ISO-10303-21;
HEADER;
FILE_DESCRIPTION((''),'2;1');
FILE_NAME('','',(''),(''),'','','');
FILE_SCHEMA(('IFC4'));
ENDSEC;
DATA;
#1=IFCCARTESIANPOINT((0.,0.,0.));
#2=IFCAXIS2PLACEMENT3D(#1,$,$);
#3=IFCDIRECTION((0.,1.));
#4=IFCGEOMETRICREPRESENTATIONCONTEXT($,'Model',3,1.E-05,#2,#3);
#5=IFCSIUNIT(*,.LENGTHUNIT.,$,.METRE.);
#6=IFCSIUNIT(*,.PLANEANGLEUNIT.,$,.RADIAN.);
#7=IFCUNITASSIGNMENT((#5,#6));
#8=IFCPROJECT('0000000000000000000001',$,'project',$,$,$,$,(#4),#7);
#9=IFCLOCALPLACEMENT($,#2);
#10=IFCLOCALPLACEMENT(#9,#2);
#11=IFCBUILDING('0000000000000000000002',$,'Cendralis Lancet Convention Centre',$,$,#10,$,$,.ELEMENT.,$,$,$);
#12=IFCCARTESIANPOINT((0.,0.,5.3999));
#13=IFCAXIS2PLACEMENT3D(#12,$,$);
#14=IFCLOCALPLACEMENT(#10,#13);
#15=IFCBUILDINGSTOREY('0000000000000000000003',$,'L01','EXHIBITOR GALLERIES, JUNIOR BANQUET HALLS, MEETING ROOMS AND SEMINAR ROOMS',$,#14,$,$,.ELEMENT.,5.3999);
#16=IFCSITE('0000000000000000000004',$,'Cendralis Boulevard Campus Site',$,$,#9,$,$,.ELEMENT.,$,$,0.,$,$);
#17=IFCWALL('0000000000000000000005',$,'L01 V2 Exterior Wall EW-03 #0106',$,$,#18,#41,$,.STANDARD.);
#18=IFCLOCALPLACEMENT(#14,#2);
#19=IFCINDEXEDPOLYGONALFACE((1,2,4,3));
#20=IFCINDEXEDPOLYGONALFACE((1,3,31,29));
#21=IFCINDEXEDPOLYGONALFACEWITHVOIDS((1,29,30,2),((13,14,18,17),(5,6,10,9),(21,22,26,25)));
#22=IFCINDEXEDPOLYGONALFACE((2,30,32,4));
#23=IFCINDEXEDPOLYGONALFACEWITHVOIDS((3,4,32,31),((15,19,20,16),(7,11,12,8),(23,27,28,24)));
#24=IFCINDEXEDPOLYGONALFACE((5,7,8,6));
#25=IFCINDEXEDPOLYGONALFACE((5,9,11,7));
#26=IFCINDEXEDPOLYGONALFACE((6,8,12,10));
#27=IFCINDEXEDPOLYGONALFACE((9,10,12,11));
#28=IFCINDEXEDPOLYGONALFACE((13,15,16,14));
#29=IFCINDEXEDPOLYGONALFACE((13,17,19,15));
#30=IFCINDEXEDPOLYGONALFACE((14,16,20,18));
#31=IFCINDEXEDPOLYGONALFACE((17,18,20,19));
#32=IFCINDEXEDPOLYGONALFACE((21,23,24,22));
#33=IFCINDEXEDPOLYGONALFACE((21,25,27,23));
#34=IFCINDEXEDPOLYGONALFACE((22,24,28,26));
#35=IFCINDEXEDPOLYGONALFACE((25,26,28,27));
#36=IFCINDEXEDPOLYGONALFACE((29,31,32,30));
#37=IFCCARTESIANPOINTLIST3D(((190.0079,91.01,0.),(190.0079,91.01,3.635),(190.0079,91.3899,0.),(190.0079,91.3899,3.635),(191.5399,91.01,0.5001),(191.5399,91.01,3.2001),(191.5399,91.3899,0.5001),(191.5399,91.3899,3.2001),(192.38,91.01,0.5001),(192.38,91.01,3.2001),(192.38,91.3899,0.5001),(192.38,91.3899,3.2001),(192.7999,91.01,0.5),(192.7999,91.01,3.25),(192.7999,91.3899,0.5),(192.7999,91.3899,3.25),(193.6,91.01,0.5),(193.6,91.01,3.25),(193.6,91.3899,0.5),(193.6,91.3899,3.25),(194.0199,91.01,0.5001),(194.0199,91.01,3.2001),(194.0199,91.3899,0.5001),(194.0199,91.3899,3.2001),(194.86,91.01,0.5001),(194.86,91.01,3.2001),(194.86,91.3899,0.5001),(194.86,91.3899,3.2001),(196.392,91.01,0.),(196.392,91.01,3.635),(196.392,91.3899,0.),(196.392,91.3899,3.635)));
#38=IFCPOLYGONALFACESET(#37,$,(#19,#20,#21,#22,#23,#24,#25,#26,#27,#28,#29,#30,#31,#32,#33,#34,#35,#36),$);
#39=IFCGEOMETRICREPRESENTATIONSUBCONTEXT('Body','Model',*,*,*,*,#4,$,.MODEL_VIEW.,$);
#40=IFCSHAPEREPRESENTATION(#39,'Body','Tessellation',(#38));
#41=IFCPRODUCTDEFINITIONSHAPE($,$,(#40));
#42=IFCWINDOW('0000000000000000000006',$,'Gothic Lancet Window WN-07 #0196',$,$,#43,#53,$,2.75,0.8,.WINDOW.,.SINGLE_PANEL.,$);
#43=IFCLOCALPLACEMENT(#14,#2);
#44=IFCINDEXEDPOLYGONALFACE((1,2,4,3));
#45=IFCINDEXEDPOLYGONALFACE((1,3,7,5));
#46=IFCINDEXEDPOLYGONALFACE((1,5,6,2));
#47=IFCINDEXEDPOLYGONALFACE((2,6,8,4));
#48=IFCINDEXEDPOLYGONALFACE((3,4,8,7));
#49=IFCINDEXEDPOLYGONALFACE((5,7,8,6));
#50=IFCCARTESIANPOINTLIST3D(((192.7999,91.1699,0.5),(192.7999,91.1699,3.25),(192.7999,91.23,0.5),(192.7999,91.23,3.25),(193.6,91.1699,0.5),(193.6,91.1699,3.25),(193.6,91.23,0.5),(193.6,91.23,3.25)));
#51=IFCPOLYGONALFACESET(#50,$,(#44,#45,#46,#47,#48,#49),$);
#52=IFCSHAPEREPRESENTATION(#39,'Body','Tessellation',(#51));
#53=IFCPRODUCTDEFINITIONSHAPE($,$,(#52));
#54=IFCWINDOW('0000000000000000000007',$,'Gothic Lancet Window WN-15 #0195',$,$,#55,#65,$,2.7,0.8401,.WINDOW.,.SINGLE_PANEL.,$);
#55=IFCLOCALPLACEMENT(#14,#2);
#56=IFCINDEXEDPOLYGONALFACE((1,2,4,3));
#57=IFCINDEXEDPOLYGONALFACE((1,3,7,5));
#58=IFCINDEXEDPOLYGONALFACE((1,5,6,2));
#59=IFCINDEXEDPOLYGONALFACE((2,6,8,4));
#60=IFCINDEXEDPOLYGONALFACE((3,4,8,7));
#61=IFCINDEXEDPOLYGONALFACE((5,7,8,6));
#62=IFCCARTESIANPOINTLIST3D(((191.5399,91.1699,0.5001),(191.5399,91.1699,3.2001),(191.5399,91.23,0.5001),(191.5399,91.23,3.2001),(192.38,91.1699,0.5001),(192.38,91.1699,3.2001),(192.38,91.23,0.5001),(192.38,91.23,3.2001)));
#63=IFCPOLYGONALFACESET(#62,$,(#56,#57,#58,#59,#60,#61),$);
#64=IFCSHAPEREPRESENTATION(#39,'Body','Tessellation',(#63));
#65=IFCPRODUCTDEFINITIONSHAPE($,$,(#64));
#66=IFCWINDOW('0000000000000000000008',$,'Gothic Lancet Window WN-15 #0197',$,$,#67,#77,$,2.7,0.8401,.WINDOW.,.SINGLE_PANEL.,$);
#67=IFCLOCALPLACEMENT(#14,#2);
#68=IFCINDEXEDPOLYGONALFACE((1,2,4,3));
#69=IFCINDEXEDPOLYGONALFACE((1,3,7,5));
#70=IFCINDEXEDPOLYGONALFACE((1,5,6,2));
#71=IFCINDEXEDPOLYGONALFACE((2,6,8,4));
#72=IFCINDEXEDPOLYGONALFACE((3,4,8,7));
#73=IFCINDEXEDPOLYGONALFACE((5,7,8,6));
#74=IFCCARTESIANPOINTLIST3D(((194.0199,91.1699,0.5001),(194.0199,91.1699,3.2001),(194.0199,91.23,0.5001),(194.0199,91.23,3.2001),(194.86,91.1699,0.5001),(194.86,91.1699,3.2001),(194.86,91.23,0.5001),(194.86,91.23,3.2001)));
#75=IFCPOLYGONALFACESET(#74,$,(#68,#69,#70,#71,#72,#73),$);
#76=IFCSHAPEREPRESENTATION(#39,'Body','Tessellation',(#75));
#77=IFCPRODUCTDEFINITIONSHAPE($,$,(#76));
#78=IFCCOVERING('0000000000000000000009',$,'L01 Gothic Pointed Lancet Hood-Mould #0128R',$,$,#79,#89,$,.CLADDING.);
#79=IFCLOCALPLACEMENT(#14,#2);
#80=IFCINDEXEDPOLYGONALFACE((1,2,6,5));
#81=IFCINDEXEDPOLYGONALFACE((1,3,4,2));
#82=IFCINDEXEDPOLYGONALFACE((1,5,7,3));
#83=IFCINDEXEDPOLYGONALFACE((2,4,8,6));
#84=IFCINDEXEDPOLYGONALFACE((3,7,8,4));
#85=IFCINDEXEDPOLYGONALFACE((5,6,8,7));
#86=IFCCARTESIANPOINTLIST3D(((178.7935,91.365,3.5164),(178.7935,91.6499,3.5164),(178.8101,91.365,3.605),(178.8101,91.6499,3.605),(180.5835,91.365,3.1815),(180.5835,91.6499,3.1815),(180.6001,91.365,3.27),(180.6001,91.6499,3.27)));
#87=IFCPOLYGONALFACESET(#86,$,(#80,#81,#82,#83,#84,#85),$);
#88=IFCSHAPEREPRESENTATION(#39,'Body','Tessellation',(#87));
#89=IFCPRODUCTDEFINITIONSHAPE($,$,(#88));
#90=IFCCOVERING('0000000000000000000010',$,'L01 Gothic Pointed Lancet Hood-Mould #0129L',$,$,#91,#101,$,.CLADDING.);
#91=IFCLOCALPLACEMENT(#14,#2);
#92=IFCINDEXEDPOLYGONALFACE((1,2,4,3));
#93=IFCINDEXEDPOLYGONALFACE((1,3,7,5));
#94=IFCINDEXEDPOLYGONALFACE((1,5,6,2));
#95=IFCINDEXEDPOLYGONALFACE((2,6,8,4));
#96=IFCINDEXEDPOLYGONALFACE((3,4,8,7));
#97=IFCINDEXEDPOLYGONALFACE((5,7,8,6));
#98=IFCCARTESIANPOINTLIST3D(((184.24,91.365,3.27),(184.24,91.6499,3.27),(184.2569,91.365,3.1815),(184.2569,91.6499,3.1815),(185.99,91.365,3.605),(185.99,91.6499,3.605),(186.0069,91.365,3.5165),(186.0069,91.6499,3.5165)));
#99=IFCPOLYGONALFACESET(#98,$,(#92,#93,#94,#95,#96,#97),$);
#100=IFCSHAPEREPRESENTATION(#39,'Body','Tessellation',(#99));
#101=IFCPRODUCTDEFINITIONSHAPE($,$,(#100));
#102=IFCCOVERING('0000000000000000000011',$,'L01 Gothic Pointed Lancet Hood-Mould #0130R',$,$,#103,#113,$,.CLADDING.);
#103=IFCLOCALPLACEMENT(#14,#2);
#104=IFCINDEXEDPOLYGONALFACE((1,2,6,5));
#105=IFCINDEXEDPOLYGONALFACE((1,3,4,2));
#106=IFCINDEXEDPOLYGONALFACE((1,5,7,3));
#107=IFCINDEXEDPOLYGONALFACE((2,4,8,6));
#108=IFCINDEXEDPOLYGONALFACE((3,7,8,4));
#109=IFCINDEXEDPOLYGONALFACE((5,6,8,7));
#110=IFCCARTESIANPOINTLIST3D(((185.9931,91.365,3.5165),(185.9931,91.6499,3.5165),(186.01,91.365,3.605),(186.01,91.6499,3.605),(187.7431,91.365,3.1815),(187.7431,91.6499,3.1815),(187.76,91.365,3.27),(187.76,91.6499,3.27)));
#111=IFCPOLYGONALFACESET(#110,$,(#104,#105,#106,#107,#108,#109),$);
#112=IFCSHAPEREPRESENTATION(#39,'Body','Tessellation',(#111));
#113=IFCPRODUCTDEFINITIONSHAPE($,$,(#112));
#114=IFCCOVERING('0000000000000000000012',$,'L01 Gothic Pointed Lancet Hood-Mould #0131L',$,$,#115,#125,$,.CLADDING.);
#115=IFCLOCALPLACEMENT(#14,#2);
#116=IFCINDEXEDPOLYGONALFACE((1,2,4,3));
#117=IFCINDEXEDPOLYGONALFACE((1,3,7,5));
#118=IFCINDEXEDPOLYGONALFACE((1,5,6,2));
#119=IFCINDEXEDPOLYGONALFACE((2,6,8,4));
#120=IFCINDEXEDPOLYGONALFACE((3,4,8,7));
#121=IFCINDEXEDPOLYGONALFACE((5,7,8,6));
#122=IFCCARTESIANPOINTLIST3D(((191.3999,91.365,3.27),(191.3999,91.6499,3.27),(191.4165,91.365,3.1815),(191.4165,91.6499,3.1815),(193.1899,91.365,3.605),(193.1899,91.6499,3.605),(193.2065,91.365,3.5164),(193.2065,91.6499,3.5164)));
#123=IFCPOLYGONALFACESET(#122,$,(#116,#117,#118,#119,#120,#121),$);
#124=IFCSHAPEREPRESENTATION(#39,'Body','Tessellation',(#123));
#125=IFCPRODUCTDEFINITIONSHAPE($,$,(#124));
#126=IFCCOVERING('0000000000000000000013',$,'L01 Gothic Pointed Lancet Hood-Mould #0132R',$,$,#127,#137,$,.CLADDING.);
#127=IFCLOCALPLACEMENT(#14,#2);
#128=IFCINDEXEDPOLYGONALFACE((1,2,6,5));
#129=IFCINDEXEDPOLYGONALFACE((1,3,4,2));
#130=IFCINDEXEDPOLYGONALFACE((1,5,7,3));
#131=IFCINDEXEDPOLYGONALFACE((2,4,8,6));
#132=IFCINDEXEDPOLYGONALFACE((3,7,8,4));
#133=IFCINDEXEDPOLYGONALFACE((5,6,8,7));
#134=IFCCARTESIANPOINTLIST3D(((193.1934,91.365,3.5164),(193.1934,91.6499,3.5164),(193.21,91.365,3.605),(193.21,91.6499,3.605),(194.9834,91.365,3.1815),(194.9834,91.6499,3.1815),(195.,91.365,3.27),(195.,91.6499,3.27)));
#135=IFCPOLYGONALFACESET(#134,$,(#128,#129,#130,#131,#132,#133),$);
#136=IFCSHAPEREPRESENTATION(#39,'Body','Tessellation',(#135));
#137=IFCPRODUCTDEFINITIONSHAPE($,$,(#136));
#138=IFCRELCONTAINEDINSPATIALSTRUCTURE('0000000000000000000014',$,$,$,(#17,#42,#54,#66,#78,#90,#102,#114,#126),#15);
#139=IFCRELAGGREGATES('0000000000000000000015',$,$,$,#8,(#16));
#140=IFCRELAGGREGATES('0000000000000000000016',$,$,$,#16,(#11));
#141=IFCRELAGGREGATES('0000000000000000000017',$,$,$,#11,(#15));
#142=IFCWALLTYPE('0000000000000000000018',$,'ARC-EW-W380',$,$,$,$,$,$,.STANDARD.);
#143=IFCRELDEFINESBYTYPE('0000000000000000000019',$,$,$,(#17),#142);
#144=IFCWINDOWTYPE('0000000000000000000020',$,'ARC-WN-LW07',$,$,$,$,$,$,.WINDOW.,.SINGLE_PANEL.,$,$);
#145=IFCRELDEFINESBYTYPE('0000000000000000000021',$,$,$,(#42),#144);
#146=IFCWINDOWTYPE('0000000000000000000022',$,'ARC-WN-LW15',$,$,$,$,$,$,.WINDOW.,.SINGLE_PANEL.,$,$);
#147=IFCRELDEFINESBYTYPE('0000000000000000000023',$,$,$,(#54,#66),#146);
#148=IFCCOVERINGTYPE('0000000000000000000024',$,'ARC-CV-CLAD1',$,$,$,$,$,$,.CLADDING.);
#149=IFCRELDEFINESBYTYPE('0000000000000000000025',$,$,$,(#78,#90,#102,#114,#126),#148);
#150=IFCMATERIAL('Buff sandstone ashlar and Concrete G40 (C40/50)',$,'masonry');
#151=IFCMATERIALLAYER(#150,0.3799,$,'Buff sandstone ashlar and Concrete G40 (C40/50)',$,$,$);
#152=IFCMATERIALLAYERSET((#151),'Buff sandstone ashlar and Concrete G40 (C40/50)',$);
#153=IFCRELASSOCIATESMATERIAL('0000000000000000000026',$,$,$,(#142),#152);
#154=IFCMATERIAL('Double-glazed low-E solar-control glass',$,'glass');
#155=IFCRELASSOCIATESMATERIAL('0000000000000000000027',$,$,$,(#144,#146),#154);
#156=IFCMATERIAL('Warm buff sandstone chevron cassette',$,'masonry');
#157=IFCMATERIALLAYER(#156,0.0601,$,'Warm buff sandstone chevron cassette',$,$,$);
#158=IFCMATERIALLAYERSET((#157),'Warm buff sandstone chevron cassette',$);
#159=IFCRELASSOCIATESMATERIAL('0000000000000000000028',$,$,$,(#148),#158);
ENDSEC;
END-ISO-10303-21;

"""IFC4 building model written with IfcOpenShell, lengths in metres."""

from ifc_helpers import new_model, si_unit, direction, frame, frame_2d, origin, place, context, subcontext, project, spatial, polyline, rectangle, outline, extrude, material, layer, layer_set, type_object, element, fill, save


model = new_model("IFC4")

# Units and contexts
model_context = context("Model", 3, precision=1e-05, world=origin(), true_north=direction((0.0, 1.0)))
body_context = subcontext(model_context, "Body", "Model", "MODEL_VIEW")
ifc_project = project(units=[si_unit("LENGTHUNIT", "METRE"), si_unit("PLANEANGLEUNIT", "RADIAN")], contexts=[model_context])

# Site, building, storey
site_placement = place(None, origin())
site = spatial("IfcSite", under=ifc_project, at=site_placement, Name="Cendralis Boulevard Campus Site", CompositionType="ELEMENT", RefElevation=0.0)
building_placement = place(site_placement, origin())
building = spatial("IfcBuilding", under=site, at=building_placement, Name="Cendralis Lancet Convention Centre", CompositionType="ELEMENT")
storey_placement = place(building_placement, frame((0.0, 0.0, 5.3999)))
storey = spatial("IfcBuildingStorey", under=building, at=storey_placement, Name="L01", Description="EXHIBITOR GALLERIES, JUNIOR BANQUET HALLS, MEETING ROOMS AND SEMINAR ROOMS", CompositionType="ELEMENT", Elevation=5.3999)

# Wall, openings, windows
ifc_material_1 = material(Name="Buff sandstone ashlar and Concrete G40 (C40/50)", Category="masonry")
ifc_layer_1 = layer(ifc_material_1, 0.3799, Name="Buff sandstone ashlar and Concrete G40 (C40/50)")
ifc_layer_set_1 = layer_set([ifc_layer_1], Name="Buff sandstone ashlar and Concrete G40 (C40/50)")
wall_type = type_object("IfcWallType", Name="ARC-EW-W380", PredefinedType="STANDARD", material=ifc_layer_set_1)
ifc_material_2 = material(Name="Double-glazed low-E solar-control glass", Category="glass")
window_type_1 = type_object("IfcWindowType", Name="ARC-WN-LW07", PartitioningType="SINGLE_PANEL", PredefinedType="WINDOW", material=ifc_material_2)
wall_1_placement = place(storey_placement, frame((190.0081, 91.2, 0.0), z_axis=(0.0, 0.0, 1.0), x_axis=(1.0, 0.0, 0.0)))
wall_1 = element("IfcWall", 1, at=wall_1_placement, inside=storey, type_object=wall_type, Name="L01 V2 Exterior Wall EW-03 #0106", PredefinedType="STANDARD", context=body_context, shape_type="SweptSolid", body=[
    extrude(rectangle(XDim=6.384, YDim=0.3799, at=frame_2d((3.1919, 0.0))), origin(), (0.0, 0.0, 1.0), 3.635),
])
opening_1_placement = place(wall_1_placement, frame((1.532, 0.0, 0.5)))
opening_1 = element("IfcOpeningElement", 2, at=opening_1_placement, cuts=wall_1, PredefinedType="OPENING", context=body_context, shape_type="SweptSolid", body=[
    extrude(rectangle(XDim=0.8401, YDim=2.7, at=frame_2d((0.4199, 1.3501))), frame((0.0, 0.2, 0.0), z_axis=(0.0, -1.0, 0.0), x_axis=(1.0, 0.0, 0.0)), (0.0, 0.0, 1.0), 0.3999),
])
opening_2_placement = place(wall_1_placement, frame((2.792, 0.0, 0.5)))
opening_2 = element("IfcOpeningElement", 3, at=opening_2_placement, cuts=wall_1, PredefinedType="OPENING", context=body_context, shape_type="SweptSolid", body=[
    extrude(rectangle(XDim=0.8, YDim=2.75, at=frame_2d((0.3999, 1.375))), frame((0.0, 0.2, 0.0), z_axis=(0.0, -1.0, 0.0), x_axis=(1.0, 0.0, 0.0)), (0.0, 0.0, 1.0), 0.3999),
])
opening_3_placement = place(wall_1_placement, frame((4.012, 0.0, 0.5)))
opening_3 = element("IfcOpeningElement", 4, at=opening_3_placement, cuts=wall_1, PredefinedType="OPENING", context=body_context, shape_type="SweptSolid", body=[
    extrude(rectangle(XDim=0.8401, YDim=2.7, at=frame_2d((0.4199, 1.3501))), frame((0.0, 0.2, 0.0), z_axis=(0.0, -1.0, 0.0), x_axis=(1.0, 0.0, 0.0)), (0.0, 0.0, 1.0), 0.3999),
])
window_1_placement = place(opening_2_placement, origin())
window_1 = element("IfcWindow", 5, at=window_1_placement, inside=storey, type_object=window_type_1, Name="Gothic Lancet Window WN-07 #0196", OverallHeight=2.75, OverallWidth=0.8, PartitioningType="SINGLE_PANEL", PredefinedType="WINDOW", context=body_context, shape_type="SweptSolid", body=[
    extrude(rectangle(XDim=0.8, YDim=2.75, at=frame_2d((0.3999, 1.375))), frame((0.0, 0.03, 0.0), z_axis=(0.0, -1.0, 0.0), x_axis=(1.0, 0.0, 0.0)), (0.0, 0.0, 1.0), 0.0601),
])
fill(opening_2, window_1)
window_type_2 = type_object("IfcWindowType", Name="ARC-WN-LW15", PartitioningType="SINGLE_PANEL", PredefinedType="WINDOW", material=ifc_material_2)
window_2_placement = place(opening_1_placement, origin())
window_2 = element("IfcWindow", 6, at=window_2_placement, inside=storey, type_object=window_type_2, Name="Gothic Lancet Window WN-15 #0195", OverallHeight=2.7, OverallWidth=0.8401, PartitioningType="SINGLE_PANEL", PredefinedType="WINDOW", context=body_context, shape_type="SweptSolid", body=[
    extrude(rectangle(XDim=0.8401, YDim=2.7, at=frame_2d((0.4199, 1.3501))), frame((0.0, 0.03, 0.0), z_axis=(0.0, -1.0, 0.0), x_axis=(1.0, 0.0, 0.0)), (0.0, 0.0, 1.0), 0.0601),
])
fill(opening_1, window_2)
window_3_placement = place(opening_3_placement, origin())
window_3 = element("IfcWindow", 7, at=window_3_placement, inside=storey, type_object=window_type_2, Name="Gothic Lancet Window WN-15 #0197", OverallHeight=2.7, OverallWidth=0.8401, PartitioningType="SINGLE_PANEL", PredefinedType="WINDOW", context=body_context, shape_type="SweptSolid", body=[
    extrude(rectangle(XDim=0.8401, YDim=2.7, at=frame_2d((0.4199, 1.3501))), frame((0.0, 0.03, 0.0), z_axis=(0.0, -1.0, 0.0), x_axis=(1.0, 0.0, 0.0)), (0.0, 0.0, 1.0), 0.0601),
])
fill(opening_3, window_3)

# Coverings
ifc_material_3 = material(Name="Warm buff sandstone chevron cassette", Category="masonry")
ifc_layer_2 = layer(ifc_material_3, 0.0601, Name="Warm buff sandstone chevron cassette")
ifc_layer_set_2 = layer_set([ifc_layer_2], Name="Warm buff sandstone chevron cassette")
covering_type = type_object("IfcCoveringType", Name="ARC-CV-CLAD1", PredefinedType="CLADDING", material=ifc_layer_set_2)
covering_placement = place(storey_placement, frame((178.8101, 91.6499, 3.605), z_axis=(0.183932, 0.0, 0.982939), x_axis=(0.0, -1.0, 0.0)))
element("IfcCovering", 8, at=covering_placement, inside=storey, type_object=covering_type, Name="L01 Gothic Pointed Lancet Hood-Mould #0128R", PredefinedType="CLADDING", context=body_context, shape_type="SweptSolid", body=[
    extrude(outline(polyline([(0.0, 0.0), (0.2849, 0.0), (0.2849, 1.8211), (0.0, 1.8211), (0.0, 0.0)])), origin(), (0.0, 0.0, -1.0), 0.0901),
])
for number, where, z_axis, x_axis, name in (
    (9, (184.24, 91.6499, 3.27), (-0.187994, 0.0, 0.98217), (0.0, -1.0, 0.0), "L01 Gothic Pointed Lancet Hood-Mould #0129L"),
    (10, (186.01, 91.6499, 3.605), (0.187994, 0.0, 0.98217), (0.0, -1.0, 0.0), "L01 Gothic Pointed Lancet Hood-Mould #0130R"),
):
    element("IfcCovering", number, at=place(storey_placement, frame(where, z_axis=z_axis, x_axis=x_axis)), inside=storey, type_object=covering_type, Name=name, PredefinedType="CLADDING", context=body_context, shape_type="SweptSolid", body=[
        extrude(outline(polyline([(0.0, 0.0), (0.2849, 0.0), (0.2849, 1.7818), (0.0, 1.7818), (0.0, 0.0)])), origin(), (0.0, 0.0, -1.0), 0.0901),
    ])
for number, where, z_axis, x_axis, name in (
    (11, (191.3999, 91.6499, 3.27), (-0.183932, 0.0, 0.982939), (0.0, -1.0, 0.0), "L01 Gothic Pointed Lancet Hood-Mould #0131L"),
    (12, (193.21, 91.6499, 3.605), (0.183932, 0.0, 0.982939), (0.0, -1.0, 0.0), "L01 Gothic Pointed Lancet Hood-Mould #0132R"),
):
    element("IfcCovering", number, at=place(storey_placement, frame(where, z_axis=z_axis, x_axis=x_axis)), inside=storey, type_object=covering_type, Name=name, PredefinedType="CLADDING", context=body_context, shape_type="SweptSolid", body=[
        extrude(outline(polyline([(0.0, 0.0), (0.2849, 0.0), (0.2849, 1.8211), (0.0, 1.8211), (0.0, 0.0)])), origin(), (0.0, 0.0, -1.0), 0.0901),
    ])

save(model, "model.ifc")
